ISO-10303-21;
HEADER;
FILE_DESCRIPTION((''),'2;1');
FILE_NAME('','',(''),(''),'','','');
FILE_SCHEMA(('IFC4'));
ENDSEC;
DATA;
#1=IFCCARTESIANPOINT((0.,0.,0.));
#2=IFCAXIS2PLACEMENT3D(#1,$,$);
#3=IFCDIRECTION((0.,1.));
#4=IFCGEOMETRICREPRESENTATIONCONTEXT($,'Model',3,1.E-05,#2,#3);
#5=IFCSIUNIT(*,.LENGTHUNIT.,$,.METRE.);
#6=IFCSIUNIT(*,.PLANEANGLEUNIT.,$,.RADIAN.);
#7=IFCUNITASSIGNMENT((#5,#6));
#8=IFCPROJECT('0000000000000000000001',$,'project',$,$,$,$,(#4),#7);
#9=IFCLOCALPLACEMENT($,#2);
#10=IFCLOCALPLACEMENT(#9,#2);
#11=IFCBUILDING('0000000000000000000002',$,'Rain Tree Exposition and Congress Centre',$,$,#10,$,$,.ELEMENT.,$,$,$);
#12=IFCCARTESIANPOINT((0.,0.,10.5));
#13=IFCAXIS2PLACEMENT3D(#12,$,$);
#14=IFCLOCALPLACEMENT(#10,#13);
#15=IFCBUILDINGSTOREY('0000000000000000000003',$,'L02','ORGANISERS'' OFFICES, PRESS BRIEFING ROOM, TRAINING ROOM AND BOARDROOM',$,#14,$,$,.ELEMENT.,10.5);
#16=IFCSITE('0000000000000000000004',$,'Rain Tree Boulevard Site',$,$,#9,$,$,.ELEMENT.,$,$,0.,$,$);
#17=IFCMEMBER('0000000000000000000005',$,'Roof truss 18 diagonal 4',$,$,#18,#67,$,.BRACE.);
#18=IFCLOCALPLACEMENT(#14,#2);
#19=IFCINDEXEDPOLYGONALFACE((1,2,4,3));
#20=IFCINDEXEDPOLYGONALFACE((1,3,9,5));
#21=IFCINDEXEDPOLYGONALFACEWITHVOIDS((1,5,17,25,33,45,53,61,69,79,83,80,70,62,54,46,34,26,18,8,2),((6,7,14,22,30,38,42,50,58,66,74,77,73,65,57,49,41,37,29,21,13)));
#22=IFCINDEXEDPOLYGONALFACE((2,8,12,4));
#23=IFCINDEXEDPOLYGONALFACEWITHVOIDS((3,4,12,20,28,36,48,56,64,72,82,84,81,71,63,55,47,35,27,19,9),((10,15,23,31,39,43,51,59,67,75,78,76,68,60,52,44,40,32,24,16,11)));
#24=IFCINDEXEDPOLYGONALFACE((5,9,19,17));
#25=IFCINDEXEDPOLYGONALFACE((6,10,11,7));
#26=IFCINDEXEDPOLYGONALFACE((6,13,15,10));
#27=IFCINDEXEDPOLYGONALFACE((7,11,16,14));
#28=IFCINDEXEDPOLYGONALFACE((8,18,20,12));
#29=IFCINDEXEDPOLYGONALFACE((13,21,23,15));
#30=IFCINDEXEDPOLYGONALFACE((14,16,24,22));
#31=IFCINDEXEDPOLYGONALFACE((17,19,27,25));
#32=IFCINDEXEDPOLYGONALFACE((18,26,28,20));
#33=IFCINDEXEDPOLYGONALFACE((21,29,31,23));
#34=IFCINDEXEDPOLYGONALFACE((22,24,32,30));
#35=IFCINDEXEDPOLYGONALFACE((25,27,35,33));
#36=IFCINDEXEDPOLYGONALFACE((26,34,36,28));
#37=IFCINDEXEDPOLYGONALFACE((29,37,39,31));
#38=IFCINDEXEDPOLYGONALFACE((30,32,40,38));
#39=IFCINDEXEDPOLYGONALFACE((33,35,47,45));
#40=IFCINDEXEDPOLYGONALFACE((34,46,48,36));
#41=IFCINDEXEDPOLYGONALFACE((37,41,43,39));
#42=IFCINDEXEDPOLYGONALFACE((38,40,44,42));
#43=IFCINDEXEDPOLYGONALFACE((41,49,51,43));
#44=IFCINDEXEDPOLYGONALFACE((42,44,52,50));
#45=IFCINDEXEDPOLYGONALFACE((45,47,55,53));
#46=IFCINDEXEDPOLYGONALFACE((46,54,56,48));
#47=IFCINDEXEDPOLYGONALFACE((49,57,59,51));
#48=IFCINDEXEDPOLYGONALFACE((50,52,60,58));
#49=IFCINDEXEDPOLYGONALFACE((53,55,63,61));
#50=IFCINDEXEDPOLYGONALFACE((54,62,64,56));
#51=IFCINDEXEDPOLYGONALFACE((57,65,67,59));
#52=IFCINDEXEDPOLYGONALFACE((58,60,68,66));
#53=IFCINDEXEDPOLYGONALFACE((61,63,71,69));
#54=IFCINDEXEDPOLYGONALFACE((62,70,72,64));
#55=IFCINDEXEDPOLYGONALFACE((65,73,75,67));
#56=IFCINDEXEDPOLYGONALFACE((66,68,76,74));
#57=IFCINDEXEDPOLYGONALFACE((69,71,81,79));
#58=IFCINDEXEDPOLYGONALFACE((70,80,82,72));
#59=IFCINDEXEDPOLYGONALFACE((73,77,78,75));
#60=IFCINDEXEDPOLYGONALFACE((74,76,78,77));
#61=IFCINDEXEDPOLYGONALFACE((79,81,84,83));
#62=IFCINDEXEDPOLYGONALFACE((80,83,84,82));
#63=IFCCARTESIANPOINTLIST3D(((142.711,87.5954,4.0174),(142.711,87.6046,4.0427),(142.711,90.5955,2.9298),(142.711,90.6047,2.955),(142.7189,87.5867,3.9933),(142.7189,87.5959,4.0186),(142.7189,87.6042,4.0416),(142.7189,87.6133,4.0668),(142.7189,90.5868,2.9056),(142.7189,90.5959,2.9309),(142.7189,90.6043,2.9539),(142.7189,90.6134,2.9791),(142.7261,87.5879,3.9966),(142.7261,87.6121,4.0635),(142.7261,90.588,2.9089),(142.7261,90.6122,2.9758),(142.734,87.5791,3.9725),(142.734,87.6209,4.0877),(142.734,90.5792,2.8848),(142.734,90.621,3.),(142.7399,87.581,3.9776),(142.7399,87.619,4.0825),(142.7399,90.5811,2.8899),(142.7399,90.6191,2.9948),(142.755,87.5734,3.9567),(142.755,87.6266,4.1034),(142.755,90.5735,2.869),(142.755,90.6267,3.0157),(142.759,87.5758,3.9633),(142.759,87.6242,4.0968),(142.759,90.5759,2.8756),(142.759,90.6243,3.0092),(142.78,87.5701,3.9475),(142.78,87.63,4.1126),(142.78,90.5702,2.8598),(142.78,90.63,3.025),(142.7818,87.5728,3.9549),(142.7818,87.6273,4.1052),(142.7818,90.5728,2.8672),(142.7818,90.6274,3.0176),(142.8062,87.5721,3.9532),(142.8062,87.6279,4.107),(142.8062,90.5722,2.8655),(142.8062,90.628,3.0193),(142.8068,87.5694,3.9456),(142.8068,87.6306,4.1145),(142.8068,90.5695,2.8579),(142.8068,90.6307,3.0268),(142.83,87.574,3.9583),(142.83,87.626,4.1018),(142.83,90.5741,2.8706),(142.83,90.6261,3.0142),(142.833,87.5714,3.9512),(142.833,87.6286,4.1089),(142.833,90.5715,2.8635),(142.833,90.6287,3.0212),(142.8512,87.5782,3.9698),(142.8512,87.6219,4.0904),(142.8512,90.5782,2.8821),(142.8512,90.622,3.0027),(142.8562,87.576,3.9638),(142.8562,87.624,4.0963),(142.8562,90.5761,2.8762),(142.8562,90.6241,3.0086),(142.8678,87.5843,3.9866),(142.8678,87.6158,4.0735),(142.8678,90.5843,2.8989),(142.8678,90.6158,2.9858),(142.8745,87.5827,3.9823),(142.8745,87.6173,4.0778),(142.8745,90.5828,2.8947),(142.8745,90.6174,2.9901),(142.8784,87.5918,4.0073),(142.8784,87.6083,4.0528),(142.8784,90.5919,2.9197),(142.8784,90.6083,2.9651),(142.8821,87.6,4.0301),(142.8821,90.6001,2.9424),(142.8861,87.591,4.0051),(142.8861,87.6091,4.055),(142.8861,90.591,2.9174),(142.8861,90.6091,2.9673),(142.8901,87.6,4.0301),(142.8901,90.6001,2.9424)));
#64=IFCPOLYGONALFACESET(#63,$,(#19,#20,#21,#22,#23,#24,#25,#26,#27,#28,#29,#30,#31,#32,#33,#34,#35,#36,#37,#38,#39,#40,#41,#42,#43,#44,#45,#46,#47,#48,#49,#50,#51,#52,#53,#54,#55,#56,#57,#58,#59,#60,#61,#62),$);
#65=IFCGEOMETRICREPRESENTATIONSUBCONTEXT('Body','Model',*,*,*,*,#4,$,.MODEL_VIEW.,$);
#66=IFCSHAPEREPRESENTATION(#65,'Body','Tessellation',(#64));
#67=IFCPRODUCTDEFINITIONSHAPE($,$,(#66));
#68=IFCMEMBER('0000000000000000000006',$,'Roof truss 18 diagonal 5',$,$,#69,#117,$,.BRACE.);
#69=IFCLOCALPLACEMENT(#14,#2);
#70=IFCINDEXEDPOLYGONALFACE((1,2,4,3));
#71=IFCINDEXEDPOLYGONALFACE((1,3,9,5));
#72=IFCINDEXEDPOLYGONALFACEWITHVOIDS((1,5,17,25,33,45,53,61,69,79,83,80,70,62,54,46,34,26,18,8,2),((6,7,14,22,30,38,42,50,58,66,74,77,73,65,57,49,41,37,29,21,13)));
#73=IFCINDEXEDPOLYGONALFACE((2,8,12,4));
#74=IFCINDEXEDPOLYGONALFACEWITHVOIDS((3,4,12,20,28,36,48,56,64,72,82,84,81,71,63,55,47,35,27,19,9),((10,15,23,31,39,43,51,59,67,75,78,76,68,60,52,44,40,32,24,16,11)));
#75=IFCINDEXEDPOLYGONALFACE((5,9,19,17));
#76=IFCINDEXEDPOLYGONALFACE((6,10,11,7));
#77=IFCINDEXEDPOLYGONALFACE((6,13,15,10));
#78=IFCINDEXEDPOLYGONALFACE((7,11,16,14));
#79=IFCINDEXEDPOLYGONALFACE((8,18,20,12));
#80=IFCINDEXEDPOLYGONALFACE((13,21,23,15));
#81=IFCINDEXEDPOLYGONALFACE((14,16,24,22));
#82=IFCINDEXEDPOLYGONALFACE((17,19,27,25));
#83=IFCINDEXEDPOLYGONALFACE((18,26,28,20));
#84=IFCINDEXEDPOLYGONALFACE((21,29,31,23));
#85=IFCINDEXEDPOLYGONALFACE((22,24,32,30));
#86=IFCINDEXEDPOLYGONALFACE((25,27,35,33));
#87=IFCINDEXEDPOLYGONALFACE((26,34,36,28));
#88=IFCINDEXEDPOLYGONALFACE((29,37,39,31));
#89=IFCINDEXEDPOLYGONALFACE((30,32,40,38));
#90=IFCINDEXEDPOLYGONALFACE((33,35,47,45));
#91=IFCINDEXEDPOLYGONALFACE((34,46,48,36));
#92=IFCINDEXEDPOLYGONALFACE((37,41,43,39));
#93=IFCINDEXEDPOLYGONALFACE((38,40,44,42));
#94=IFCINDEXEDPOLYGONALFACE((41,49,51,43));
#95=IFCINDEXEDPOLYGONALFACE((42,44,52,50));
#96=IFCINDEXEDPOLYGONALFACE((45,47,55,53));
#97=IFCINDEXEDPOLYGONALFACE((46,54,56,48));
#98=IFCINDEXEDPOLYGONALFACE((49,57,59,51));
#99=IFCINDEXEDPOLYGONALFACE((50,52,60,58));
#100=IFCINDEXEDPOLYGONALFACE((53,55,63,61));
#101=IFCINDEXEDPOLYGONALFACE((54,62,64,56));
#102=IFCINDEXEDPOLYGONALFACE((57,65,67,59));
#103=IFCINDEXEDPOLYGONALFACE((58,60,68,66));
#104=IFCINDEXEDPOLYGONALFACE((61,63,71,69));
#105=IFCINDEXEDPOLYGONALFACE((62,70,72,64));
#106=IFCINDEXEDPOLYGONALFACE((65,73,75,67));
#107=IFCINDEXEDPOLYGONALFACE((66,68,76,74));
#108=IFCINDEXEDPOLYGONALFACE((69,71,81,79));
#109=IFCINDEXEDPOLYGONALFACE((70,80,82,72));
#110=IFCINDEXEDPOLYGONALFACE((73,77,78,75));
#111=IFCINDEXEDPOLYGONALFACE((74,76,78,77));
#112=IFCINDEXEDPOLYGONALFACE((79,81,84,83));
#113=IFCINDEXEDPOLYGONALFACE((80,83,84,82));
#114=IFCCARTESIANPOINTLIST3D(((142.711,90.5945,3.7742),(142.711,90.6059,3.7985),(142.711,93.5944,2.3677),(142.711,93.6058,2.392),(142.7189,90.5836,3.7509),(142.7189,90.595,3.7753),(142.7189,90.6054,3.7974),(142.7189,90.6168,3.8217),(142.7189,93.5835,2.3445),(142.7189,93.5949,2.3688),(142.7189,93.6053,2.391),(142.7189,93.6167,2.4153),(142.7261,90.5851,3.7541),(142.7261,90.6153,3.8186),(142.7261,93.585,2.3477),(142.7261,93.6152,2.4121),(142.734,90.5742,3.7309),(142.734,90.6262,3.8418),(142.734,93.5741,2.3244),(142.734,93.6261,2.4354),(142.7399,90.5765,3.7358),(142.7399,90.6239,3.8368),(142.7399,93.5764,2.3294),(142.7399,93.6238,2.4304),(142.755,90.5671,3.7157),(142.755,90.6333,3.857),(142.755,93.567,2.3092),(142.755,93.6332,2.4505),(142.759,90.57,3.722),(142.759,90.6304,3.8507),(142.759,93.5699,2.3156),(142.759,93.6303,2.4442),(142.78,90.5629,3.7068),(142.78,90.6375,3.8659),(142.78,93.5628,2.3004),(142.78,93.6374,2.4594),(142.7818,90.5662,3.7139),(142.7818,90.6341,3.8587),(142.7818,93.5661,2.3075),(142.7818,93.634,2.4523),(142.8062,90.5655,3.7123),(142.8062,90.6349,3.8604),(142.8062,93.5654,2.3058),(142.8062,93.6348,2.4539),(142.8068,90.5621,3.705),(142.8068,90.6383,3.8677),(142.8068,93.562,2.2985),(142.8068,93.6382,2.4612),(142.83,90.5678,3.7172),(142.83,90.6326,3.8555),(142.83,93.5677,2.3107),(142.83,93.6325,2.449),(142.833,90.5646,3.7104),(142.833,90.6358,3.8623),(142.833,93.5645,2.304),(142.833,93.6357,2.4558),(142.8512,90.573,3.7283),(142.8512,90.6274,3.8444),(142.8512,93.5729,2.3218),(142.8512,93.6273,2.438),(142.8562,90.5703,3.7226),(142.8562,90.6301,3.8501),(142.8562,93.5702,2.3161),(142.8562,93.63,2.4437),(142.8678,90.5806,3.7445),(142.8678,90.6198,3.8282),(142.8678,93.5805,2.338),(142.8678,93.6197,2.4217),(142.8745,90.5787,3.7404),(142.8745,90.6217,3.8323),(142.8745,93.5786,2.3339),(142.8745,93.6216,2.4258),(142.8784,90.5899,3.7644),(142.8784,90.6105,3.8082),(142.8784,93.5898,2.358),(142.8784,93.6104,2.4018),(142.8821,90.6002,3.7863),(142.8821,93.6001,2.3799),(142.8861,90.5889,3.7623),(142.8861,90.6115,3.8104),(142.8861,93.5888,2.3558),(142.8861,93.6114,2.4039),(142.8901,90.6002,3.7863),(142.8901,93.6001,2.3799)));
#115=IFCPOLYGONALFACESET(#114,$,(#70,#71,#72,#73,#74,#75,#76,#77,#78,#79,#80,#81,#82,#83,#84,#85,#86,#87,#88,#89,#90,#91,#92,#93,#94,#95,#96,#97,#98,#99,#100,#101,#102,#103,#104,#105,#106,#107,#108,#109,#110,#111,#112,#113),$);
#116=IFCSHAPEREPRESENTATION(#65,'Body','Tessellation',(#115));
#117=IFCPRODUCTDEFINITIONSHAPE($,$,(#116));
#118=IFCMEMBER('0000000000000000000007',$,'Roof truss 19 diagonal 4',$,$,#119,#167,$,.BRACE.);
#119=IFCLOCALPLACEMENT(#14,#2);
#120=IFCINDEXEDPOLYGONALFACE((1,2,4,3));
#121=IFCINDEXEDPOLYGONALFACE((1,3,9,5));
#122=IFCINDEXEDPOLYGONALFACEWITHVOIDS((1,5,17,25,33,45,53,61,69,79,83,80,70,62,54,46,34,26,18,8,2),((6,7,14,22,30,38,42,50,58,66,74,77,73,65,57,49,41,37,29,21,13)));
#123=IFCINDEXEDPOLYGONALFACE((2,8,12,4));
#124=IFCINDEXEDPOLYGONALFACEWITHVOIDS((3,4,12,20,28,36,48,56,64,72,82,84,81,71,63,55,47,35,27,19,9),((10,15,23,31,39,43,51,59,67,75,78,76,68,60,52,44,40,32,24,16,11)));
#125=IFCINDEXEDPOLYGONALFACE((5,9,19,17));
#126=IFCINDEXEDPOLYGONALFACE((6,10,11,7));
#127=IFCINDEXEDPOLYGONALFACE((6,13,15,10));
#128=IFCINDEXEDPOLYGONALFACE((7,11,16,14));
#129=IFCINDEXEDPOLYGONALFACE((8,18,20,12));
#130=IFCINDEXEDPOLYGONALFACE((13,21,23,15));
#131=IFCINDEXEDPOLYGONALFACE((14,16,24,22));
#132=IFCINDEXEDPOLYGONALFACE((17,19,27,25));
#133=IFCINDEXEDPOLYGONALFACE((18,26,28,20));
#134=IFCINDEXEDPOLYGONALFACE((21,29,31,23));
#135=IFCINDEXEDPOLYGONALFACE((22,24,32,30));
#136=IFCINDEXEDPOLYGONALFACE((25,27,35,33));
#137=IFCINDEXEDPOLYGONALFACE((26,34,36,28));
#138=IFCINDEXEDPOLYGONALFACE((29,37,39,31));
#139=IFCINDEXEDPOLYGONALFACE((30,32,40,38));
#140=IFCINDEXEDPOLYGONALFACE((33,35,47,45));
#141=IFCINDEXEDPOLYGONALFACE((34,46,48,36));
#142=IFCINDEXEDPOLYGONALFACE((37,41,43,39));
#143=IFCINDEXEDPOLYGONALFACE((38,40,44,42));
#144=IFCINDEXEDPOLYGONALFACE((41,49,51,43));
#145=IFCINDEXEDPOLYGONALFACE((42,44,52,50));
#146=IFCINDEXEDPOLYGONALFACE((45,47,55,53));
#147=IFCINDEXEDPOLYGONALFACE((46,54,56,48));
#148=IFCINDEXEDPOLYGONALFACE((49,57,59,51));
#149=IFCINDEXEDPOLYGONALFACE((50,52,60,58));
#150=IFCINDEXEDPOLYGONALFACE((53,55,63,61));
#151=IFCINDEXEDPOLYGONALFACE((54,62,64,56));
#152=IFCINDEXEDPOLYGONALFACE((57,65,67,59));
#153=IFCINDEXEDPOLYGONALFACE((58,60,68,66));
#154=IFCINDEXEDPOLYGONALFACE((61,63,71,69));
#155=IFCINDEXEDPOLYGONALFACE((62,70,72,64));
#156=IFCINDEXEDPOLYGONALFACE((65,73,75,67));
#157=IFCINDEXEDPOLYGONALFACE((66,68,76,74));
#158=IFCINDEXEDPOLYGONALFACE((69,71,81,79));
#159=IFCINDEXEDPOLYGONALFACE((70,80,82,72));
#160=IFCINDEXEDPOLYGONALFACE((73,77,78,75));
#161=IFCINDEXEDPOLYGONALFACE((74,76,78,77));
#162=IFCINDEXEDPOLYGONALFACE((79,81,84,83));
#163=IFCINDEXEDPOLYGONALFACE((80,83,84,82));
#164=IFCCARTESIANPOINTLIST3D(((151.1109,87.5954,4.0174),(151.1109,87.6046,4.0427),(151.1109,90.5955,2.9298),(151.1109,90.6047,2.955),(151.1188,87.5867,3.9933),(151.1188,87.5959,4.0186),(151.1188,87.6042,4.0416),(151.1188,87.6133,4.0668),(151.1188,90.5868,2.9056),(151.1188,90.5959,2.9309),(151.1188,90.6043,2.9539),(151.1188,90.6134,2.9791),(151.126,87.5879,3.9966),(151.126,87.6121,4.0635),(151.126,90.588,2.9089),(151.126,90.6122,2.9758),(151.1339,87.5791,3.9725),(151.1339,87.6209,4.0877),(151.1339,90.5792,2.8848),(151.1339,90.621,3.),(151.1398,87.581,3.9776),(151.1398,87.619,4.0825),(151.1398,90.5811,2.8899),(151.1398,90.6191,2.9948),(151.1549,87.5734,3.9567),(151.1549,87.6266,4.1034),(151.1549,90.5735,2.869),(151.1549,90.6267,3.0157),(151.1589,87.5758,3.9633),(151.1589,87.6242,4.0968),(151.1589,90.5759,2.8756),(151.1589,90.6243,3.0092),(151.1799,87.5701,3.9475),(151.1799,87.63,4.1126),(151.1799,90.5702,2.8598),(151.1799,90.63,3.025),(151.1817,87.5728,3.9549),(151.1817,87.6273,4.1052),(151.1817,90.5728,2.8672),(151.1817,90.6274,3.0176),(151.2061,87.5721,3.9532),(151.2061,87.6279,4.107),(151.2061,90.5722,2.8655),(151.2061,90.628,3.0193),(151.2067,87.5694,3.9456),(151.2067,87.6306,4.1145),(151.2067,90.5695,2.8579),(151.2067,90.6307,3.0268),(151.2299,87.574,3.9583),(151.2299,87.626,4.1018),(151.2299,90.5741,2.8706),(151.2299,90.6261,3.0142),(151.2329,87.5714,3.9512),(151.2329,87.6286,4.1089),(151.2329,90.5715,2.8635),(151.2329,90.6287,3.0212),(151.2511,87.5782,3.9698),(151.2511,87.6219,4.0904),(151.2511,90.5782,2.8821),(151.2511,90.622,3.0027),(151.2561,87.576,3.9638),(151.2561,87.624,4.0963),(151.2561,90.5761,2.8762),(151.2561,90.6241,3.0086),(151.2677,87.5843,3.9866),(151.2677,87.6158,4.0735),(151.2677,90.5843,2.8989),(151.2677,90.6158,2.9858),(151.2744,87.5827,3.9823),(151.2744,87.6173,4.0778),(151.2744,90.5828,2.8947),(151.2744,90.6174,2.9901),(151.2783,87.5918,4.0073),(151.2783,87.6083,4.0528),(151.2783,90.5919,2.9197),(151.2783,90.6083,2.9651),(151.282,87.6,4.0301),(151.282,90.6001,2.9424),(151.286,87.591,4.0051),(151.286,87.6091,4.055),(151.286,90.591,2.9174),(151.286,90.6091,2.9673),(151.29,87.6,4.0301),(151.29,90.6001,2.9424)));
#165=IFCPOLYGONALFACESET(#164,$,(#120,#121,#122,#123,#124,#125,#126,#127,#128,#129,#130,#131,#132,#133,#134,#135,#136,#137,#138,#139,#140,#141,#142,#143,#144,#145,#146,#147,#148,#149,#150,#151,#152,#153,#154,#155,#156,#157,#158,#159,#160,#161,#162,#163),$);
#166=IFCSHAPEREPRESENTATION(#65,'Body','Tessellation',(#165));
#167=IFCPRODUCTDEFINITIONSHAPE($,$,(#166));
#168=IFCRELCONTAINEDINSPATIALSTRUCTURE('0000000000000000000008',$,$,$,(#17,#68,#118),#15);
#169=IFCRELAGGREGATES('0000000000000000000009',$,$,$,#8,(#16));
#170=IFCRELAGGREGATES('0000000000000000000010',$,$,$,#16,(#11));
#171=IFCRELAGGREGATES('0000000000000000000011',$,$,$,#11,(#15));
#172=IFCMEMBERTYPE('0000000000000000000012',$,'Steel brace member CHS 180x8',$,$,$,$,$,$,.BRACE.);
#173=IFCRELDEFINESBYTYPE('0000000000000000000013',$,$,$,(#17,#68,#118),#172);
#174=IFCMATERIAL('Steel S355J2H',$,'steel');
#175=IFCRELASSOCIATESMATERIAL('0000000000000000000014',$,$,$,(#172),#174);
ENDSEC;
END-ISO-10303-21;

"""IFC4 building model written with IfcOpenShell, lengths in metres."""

from ifc_helpers import new_model, si_unit, direction, frame, origin, origin_2d, place, context, subcontext, project, spatial, hollow_circle, extrude, material, material_profile, profile_set, type_object, element, save


model = new_model("IFC4")

# Units and contexts
model_context = context("Model", 3, precision=1e-05, world=origin(), true_north=direction((0.0, 1.0)))
body_context = subcontext(model_context, "Body", "Model", "MODEL_VIEW")
ifc_project = project(units=[si_unit("LENGTHUNIT", "METRE"), si_unit("PLANEANGLEUNIT", "RADIAN")], contexts=[model_context])

# Site, building, storey
site_placement = place(None, origin())
site = spatial("IfcSite", under=ifc_project, at=site_placement, Name="Rain Tree Boulevard Site", CompositionType="ELEMENT", RefElevation=0.0)
building_placement = place(site_placement, origin())
building = spatial("IfcBuilding", under=site, at=building_placement, Name="Rain Tree Exposition and Congress Centre", CompositionType="ELEMENT")
storey_placement = place(building_placement, frame((0.0, 0.0, 10.5)))
storey = spatial("IfcBuildingStorey", under=building, at=storey_placement, Name="L02", Description="ORGANISERS' OFFICES, PRESS BRIEFING ROOM, TRAINING ROOM AND BOARDROOM", CompositionType="ELEMENT", Elevation=10.5)

# Members
ifc_material_1 = material(Name="Steel S355J2H", Category="steel")
ifc_material_profile_1 = material_profile(ifc_material_1, hollow_circle(Radius=0.0901, WallThickness=0.0081, at=origin_2d()), Name="CHS 180x8")
ifc_profile_set_1 = profile_set([ifc_material_profile_1], Name="Steel S355J2H")
member_type_1 = type_object("IfcMemberType", Name="Steel brace member CHS 180x8", PredefinedType="BRACE", material=ifc_profile_set_1)
member_1_placement = place(storey_placement, frame((142.8, 90.6001, 2.9424), z_axis=(0.0, -0.940121, 0.34084), x_axis=(1.0, 0.0, 0.0)))
element("IfcMember", 1, at=member_1_placement, inside=storey, type_object=member_type_1, Name="Roof truss 18 diagonal 4", PredefinedType="BRACE", context=body_context, shape_type="SweptSolid", body=[
    extrude(hollow_circle(Radius=0.0901, WallThickness=0.0081, at=origin_2d()), origin(), (0.0, 0.0, 1.0), 3.1912),
])
member_2_placement = place(storey_placement, frame((142.8, 93.6001, 2.3799), z_axis=(0.0, -0.905431, 0.424494), x_axis=(1.0, 0.0, 0.0)))
element("IfcMember", 2, at=member_2_placement, inside=storey, type_object=member_type_1, Name="Roof truss 18 diagonal 5", PredefinedType="BRACE", context=body_context, shape_type="SweptSolid", body=[
    extrude(hollow_circle(Radius=0.0901, WallThickness=0.0081, at=origin_2d()), origin(), (0.0, 0.0, 1.0), 3.3132),
])
member_3_placement = place(storey_placement, frame((151.2, 90.6001, 2.9424), z_axis=(0.0, -0.940121, 0.34084), x_axis=(1.0, 0.0, 0.0)))
element("IfcMember", 3, at=member_3_placement, inside=storey, type_object=member_type_1, Name="Roof truss 19 diagonal 4", PredefinedType="BRACE", context=body_context, shape_type="SweptSolid", body=[
    extrude(hollow_circle(Radius=0.0901, WallThickness=0.0081, at=origin_2d()), origin(), (0.0, 0.0, 1.0), 3.1912),
])

save(model, "model.ifc")
